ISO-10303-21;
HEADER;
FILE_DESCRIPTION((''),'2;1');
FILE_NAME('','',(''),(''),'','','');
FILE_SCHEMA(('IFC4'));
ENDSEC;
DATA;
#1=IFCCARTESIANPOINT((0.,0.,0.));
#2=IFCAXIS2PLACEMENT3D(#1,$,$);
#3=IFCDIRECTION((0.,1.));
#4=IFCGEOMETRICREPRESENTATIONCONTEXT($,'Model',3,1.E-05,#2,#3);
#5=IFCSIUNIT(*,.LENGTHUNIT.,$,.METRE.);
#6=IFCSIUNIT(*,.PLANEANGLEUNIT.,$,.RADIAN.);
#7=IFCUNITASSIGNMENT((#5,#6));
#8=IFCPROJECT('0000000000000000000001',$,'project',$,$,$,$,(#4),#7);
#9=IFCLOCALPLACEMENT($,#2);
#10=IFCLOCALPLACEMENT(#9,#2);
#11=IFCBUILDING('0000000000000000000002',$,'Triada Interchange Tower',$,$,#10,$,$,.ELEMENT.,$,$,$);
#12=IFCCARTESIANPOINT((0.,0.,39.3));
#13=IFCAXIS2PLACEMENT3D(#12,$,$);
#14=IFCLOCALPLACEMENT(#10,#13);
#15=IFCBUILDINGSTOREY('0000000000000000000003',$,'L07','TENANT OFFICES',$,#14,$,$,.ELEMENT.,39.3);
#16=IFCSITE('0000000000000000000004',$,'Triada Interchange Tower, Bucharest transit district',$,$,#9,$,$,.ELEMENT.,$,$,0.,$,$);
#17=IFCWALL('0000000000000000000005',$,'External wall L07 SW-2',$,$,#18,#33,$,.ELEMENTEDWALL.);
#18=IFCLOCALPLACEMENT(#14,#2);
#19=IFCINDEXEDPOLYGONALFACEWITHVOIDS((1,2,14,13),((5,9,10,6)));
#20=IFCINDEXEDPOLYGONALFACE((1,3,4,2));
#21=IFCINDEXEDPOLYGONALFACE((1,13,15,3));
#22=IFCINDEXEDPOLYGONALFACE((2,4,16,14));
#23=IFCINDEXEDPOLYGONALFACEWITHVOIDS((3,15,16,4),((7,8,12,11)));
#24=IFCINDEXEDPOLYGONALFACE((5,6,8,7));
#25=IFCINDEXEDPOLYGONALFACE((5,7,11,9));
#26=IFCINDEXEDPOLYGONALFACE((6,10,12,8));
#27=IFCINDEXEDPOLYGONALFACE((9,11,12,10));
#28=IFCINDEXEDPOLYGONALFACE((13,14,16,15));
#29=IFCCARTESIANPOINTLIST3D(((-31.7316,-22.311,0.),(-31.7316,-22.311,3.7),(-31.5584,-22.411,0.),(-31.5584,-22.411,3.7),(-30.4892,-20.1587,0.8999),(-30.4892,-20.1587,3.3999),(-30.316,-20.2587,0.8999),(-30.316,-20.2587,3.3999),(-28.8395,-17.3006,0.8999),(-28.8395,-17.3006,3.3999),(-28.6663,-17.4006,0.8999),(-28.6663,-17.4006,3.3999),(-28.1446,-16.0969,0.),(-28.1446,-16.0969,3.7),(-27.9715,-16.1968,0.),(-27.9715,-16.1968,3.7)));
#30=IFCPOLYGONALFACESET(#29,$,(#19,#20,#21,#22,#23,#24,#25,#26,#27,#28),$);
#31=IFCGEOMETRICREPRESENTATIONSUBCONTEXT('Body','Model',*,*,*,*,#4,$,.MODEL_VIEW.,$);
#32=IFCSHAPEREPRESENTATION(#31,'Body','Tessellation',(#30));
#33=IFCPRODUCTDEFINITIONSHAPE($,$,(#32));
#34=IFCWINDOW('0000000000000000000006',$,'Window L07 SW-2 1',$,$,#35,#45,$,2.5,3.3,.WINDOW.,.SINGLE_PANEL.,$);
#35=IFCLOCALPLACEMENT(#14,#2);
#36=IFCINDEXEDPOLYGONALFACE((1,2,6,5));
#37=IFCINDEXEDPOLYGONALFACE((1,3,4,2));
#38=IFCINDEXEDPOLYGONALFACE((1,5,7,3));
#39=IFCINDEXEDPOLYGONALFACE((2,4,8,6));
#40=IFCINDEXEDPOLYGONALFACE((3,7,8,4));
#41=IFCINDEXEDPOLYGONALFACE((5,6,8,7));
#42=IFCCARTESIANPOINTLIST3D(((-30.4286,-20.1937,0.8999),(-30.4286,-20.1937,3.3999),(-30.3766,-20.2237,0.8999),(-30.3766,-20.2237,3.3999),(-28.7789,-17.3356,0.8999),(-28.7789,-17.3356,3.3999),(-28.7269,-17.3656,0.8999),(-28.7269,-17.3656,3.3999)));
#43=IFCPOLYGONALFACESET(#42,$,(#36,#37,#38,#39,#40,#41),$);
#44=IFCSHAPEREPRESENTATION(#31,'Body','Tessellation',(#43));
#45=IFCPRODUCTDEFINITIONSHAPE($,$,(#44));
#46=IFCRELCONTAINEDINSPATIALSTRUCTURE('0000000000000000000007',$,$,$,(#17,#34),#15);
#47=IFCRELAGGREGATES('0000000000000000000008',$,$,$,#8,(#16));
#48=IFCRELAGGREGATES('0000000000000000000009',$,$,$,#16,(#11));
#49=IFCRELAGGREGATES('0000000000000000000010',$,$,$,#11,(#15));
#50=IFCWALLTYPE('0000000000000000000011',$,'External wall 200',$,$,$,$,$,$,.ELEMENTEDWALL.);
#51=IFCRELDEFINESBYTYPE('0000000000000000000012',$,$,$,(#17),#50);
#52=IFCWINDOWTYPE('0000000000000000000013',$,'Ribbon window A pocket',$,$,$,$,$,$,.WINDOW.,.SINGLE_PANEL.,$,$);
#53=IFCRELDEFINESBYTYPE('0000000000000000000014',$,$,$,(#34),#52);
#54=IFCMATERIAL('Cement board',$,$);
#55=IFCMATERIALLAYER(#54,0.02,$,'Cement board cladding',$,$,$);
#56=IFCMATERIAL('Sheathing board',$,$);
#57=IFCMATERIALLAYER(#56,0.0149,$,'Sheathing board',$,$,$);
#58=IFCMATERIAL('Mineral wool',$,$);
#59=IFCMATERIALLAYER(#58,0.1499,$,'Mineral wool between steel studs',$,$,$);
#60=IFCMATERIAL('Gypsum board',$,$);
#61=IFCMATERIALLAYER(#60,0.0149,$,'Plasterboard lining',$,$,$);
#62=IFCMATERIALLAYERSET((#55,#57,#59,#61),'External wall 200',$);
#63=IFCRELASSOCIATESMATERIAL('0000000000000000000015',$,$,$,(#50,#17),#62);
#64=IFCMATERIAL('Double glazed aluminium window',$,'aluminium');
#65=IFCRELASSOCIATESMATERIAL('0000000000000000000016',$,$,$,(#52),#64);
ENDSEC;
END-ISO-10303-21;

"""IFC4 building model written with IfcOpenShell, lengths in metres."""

from ifc_helpers import new_model, si_unit, direction, frame, frame_2d, origin, place, context, subcontext, project, spatial, rectangle, extrude, material, layer, layer_set, layer_usage, type_object, element, fill, save


model = new_model("IFC4")

# Units and contexts
model_context = context("Model", 3, precision=1e-05, world=origin(), true_north=direction((0.0, 1.0)))
body_context = subcontext(model_context, "Body", "Model", "MODEL_VIEW")
ifc_project = project(units=[si_unit("LENGTHUNIT", "METRE"), si_unit("PLANEANGLEUNIT", "RADIAN")], contexts=[model_context])

# Site, building, storey
site_placement = place(None, origin())
site = spatial("IfcSite", under=ifc_project, at=site_placement, Name="Triada Interchange Tower, Bucharest transit district", CompositionType="ELEMENT", RefElevation=0.0)
building_placement = place(site_placement, origin())
building = spatial("IfcBuilding", under=site, at=building_placement, Name="Triada Interchange Tower", CompositionType="ELEMENT")
storey_placement = place(building_placement, frame((0.0, 0.0, 39.3)))
storey = spatial("IfcBuildingStorey", under=building, at=storey_placement, Name="L07", Description="TENANT OFFICES", CompositionType="ELEMENT", Elevation=39.3)

# Wall, opening, window
ifc_material_1 = material(Name="Cement board")
ifc_layer_1 = layer(ifc_material_1, 0.02, Name="Cement board cladding")
ifc_material_2 = material(Name="Sheathing board")
ifc_layer_2 = layer(ifc_material_2, 0.0149, Name="Sheathing board")
ifc_material_3 = material(Name="Mineral wool")
ifc_layer_3 = layer(ifc_material_3, 0.1499, Name="Mineral wool between steel studs")
ifc_material_4 = material(Name="Gypsum board")
ifc_layer_4 = layer(ifc_material_4, 0.0149, Name="Plasterboard lining")
ifc_layer_set_1 = layer_set([ifc_layer_1, ifc_layer_2, ifc_layer_3, ifc_layer_4], Name="External wall 200")
ifc_layer_usage = layer_usage(ifc_layer_set_1, "AXIS2", "POSITIVE", -0.1001)
wall_type_1 = type_object("IfcWallType", Name="External wall 200", PredefinedType="ELEMENTEDWALL", material=ifc_layer_set_1)
ifc_material_5 = material(Name="Double glazed aluminium window", Category="aluminium")
window_type_1 = type_object("IfcWindowType", Name="Ribbon window A pocket", PartitioningType="SINGLE_PANEL", PredefinedType="WINDOW", material=ifc_material_5)
wall_1_placement = place(storey_placement, frame((-28.0581, -16.147, 0.0), z_axis=(0.0, 0.0, 1.0), x_axis=(-0.499916, -0.866074, 0.0)))
wall_1 = element("IfcWall", 1, at=wall_1_placement, inside=storey, type_object=wall_type_1, material=ifc_layer_usage, Name="External wall L07 SW-2", PredefinedType="ELEMENTEDWALL", context=body_context, shape_type="SweptSolid", body=[
    extrude(rectangle(XDim=7.175, YDim=0.2, at=frame_2d((3.5874, 0.0))), origin(), (0.0, 0.0, 1.0), 3.7),
])
opening_1_placement = place(wall_1_placement, frame((1.3899, 0.0, 0.8999)))
opening_1 = element("IfcOpeningElement", 2, at=opening_1_placement, cuts=wall_1, PredefinedType="OPENING", context=body_context, shape_type="SweptSolid", body=[
    extrude(rectangle(XDim=3.3, YDim=2.5, at=frame_2d((1.6499, 1.25))), frame((0.0, 0.1099, 0.0), z_axis=(0.0, -1.0, 0.0), x_axis=(1.0, 0.0, 0.0)), (0.0, 0.0, 1.0), 0.22),
])
window_1_placement = place(opening_1_placement, origin())
window_1 = element("IfcWindow", 3, at=window_1_placement, inside=storey, type_object=window_type_1, Name="Window L07 SW-2 1", OverallHeight=2.5, OverallWidth=3.3, PartitioningType="SINGLE_PANEL", PredefinedType="WINDOW", context=body_context, shape_type="SweptSolid", body=[
    extrude(rectangle(XDim=3.3, YDim=2.5, at=frame_2d((1.6499, 1.25))), frame((0.0, 0.03, 0.0), z_axis=(0.0, -1.0, 0.0), x_axis=(1.0, 0.0, 0.0)), (0.0, 0.0, 1.0), 0.0601),
])
fill(opening_1, window_1)

save(model, "model.ifc")
